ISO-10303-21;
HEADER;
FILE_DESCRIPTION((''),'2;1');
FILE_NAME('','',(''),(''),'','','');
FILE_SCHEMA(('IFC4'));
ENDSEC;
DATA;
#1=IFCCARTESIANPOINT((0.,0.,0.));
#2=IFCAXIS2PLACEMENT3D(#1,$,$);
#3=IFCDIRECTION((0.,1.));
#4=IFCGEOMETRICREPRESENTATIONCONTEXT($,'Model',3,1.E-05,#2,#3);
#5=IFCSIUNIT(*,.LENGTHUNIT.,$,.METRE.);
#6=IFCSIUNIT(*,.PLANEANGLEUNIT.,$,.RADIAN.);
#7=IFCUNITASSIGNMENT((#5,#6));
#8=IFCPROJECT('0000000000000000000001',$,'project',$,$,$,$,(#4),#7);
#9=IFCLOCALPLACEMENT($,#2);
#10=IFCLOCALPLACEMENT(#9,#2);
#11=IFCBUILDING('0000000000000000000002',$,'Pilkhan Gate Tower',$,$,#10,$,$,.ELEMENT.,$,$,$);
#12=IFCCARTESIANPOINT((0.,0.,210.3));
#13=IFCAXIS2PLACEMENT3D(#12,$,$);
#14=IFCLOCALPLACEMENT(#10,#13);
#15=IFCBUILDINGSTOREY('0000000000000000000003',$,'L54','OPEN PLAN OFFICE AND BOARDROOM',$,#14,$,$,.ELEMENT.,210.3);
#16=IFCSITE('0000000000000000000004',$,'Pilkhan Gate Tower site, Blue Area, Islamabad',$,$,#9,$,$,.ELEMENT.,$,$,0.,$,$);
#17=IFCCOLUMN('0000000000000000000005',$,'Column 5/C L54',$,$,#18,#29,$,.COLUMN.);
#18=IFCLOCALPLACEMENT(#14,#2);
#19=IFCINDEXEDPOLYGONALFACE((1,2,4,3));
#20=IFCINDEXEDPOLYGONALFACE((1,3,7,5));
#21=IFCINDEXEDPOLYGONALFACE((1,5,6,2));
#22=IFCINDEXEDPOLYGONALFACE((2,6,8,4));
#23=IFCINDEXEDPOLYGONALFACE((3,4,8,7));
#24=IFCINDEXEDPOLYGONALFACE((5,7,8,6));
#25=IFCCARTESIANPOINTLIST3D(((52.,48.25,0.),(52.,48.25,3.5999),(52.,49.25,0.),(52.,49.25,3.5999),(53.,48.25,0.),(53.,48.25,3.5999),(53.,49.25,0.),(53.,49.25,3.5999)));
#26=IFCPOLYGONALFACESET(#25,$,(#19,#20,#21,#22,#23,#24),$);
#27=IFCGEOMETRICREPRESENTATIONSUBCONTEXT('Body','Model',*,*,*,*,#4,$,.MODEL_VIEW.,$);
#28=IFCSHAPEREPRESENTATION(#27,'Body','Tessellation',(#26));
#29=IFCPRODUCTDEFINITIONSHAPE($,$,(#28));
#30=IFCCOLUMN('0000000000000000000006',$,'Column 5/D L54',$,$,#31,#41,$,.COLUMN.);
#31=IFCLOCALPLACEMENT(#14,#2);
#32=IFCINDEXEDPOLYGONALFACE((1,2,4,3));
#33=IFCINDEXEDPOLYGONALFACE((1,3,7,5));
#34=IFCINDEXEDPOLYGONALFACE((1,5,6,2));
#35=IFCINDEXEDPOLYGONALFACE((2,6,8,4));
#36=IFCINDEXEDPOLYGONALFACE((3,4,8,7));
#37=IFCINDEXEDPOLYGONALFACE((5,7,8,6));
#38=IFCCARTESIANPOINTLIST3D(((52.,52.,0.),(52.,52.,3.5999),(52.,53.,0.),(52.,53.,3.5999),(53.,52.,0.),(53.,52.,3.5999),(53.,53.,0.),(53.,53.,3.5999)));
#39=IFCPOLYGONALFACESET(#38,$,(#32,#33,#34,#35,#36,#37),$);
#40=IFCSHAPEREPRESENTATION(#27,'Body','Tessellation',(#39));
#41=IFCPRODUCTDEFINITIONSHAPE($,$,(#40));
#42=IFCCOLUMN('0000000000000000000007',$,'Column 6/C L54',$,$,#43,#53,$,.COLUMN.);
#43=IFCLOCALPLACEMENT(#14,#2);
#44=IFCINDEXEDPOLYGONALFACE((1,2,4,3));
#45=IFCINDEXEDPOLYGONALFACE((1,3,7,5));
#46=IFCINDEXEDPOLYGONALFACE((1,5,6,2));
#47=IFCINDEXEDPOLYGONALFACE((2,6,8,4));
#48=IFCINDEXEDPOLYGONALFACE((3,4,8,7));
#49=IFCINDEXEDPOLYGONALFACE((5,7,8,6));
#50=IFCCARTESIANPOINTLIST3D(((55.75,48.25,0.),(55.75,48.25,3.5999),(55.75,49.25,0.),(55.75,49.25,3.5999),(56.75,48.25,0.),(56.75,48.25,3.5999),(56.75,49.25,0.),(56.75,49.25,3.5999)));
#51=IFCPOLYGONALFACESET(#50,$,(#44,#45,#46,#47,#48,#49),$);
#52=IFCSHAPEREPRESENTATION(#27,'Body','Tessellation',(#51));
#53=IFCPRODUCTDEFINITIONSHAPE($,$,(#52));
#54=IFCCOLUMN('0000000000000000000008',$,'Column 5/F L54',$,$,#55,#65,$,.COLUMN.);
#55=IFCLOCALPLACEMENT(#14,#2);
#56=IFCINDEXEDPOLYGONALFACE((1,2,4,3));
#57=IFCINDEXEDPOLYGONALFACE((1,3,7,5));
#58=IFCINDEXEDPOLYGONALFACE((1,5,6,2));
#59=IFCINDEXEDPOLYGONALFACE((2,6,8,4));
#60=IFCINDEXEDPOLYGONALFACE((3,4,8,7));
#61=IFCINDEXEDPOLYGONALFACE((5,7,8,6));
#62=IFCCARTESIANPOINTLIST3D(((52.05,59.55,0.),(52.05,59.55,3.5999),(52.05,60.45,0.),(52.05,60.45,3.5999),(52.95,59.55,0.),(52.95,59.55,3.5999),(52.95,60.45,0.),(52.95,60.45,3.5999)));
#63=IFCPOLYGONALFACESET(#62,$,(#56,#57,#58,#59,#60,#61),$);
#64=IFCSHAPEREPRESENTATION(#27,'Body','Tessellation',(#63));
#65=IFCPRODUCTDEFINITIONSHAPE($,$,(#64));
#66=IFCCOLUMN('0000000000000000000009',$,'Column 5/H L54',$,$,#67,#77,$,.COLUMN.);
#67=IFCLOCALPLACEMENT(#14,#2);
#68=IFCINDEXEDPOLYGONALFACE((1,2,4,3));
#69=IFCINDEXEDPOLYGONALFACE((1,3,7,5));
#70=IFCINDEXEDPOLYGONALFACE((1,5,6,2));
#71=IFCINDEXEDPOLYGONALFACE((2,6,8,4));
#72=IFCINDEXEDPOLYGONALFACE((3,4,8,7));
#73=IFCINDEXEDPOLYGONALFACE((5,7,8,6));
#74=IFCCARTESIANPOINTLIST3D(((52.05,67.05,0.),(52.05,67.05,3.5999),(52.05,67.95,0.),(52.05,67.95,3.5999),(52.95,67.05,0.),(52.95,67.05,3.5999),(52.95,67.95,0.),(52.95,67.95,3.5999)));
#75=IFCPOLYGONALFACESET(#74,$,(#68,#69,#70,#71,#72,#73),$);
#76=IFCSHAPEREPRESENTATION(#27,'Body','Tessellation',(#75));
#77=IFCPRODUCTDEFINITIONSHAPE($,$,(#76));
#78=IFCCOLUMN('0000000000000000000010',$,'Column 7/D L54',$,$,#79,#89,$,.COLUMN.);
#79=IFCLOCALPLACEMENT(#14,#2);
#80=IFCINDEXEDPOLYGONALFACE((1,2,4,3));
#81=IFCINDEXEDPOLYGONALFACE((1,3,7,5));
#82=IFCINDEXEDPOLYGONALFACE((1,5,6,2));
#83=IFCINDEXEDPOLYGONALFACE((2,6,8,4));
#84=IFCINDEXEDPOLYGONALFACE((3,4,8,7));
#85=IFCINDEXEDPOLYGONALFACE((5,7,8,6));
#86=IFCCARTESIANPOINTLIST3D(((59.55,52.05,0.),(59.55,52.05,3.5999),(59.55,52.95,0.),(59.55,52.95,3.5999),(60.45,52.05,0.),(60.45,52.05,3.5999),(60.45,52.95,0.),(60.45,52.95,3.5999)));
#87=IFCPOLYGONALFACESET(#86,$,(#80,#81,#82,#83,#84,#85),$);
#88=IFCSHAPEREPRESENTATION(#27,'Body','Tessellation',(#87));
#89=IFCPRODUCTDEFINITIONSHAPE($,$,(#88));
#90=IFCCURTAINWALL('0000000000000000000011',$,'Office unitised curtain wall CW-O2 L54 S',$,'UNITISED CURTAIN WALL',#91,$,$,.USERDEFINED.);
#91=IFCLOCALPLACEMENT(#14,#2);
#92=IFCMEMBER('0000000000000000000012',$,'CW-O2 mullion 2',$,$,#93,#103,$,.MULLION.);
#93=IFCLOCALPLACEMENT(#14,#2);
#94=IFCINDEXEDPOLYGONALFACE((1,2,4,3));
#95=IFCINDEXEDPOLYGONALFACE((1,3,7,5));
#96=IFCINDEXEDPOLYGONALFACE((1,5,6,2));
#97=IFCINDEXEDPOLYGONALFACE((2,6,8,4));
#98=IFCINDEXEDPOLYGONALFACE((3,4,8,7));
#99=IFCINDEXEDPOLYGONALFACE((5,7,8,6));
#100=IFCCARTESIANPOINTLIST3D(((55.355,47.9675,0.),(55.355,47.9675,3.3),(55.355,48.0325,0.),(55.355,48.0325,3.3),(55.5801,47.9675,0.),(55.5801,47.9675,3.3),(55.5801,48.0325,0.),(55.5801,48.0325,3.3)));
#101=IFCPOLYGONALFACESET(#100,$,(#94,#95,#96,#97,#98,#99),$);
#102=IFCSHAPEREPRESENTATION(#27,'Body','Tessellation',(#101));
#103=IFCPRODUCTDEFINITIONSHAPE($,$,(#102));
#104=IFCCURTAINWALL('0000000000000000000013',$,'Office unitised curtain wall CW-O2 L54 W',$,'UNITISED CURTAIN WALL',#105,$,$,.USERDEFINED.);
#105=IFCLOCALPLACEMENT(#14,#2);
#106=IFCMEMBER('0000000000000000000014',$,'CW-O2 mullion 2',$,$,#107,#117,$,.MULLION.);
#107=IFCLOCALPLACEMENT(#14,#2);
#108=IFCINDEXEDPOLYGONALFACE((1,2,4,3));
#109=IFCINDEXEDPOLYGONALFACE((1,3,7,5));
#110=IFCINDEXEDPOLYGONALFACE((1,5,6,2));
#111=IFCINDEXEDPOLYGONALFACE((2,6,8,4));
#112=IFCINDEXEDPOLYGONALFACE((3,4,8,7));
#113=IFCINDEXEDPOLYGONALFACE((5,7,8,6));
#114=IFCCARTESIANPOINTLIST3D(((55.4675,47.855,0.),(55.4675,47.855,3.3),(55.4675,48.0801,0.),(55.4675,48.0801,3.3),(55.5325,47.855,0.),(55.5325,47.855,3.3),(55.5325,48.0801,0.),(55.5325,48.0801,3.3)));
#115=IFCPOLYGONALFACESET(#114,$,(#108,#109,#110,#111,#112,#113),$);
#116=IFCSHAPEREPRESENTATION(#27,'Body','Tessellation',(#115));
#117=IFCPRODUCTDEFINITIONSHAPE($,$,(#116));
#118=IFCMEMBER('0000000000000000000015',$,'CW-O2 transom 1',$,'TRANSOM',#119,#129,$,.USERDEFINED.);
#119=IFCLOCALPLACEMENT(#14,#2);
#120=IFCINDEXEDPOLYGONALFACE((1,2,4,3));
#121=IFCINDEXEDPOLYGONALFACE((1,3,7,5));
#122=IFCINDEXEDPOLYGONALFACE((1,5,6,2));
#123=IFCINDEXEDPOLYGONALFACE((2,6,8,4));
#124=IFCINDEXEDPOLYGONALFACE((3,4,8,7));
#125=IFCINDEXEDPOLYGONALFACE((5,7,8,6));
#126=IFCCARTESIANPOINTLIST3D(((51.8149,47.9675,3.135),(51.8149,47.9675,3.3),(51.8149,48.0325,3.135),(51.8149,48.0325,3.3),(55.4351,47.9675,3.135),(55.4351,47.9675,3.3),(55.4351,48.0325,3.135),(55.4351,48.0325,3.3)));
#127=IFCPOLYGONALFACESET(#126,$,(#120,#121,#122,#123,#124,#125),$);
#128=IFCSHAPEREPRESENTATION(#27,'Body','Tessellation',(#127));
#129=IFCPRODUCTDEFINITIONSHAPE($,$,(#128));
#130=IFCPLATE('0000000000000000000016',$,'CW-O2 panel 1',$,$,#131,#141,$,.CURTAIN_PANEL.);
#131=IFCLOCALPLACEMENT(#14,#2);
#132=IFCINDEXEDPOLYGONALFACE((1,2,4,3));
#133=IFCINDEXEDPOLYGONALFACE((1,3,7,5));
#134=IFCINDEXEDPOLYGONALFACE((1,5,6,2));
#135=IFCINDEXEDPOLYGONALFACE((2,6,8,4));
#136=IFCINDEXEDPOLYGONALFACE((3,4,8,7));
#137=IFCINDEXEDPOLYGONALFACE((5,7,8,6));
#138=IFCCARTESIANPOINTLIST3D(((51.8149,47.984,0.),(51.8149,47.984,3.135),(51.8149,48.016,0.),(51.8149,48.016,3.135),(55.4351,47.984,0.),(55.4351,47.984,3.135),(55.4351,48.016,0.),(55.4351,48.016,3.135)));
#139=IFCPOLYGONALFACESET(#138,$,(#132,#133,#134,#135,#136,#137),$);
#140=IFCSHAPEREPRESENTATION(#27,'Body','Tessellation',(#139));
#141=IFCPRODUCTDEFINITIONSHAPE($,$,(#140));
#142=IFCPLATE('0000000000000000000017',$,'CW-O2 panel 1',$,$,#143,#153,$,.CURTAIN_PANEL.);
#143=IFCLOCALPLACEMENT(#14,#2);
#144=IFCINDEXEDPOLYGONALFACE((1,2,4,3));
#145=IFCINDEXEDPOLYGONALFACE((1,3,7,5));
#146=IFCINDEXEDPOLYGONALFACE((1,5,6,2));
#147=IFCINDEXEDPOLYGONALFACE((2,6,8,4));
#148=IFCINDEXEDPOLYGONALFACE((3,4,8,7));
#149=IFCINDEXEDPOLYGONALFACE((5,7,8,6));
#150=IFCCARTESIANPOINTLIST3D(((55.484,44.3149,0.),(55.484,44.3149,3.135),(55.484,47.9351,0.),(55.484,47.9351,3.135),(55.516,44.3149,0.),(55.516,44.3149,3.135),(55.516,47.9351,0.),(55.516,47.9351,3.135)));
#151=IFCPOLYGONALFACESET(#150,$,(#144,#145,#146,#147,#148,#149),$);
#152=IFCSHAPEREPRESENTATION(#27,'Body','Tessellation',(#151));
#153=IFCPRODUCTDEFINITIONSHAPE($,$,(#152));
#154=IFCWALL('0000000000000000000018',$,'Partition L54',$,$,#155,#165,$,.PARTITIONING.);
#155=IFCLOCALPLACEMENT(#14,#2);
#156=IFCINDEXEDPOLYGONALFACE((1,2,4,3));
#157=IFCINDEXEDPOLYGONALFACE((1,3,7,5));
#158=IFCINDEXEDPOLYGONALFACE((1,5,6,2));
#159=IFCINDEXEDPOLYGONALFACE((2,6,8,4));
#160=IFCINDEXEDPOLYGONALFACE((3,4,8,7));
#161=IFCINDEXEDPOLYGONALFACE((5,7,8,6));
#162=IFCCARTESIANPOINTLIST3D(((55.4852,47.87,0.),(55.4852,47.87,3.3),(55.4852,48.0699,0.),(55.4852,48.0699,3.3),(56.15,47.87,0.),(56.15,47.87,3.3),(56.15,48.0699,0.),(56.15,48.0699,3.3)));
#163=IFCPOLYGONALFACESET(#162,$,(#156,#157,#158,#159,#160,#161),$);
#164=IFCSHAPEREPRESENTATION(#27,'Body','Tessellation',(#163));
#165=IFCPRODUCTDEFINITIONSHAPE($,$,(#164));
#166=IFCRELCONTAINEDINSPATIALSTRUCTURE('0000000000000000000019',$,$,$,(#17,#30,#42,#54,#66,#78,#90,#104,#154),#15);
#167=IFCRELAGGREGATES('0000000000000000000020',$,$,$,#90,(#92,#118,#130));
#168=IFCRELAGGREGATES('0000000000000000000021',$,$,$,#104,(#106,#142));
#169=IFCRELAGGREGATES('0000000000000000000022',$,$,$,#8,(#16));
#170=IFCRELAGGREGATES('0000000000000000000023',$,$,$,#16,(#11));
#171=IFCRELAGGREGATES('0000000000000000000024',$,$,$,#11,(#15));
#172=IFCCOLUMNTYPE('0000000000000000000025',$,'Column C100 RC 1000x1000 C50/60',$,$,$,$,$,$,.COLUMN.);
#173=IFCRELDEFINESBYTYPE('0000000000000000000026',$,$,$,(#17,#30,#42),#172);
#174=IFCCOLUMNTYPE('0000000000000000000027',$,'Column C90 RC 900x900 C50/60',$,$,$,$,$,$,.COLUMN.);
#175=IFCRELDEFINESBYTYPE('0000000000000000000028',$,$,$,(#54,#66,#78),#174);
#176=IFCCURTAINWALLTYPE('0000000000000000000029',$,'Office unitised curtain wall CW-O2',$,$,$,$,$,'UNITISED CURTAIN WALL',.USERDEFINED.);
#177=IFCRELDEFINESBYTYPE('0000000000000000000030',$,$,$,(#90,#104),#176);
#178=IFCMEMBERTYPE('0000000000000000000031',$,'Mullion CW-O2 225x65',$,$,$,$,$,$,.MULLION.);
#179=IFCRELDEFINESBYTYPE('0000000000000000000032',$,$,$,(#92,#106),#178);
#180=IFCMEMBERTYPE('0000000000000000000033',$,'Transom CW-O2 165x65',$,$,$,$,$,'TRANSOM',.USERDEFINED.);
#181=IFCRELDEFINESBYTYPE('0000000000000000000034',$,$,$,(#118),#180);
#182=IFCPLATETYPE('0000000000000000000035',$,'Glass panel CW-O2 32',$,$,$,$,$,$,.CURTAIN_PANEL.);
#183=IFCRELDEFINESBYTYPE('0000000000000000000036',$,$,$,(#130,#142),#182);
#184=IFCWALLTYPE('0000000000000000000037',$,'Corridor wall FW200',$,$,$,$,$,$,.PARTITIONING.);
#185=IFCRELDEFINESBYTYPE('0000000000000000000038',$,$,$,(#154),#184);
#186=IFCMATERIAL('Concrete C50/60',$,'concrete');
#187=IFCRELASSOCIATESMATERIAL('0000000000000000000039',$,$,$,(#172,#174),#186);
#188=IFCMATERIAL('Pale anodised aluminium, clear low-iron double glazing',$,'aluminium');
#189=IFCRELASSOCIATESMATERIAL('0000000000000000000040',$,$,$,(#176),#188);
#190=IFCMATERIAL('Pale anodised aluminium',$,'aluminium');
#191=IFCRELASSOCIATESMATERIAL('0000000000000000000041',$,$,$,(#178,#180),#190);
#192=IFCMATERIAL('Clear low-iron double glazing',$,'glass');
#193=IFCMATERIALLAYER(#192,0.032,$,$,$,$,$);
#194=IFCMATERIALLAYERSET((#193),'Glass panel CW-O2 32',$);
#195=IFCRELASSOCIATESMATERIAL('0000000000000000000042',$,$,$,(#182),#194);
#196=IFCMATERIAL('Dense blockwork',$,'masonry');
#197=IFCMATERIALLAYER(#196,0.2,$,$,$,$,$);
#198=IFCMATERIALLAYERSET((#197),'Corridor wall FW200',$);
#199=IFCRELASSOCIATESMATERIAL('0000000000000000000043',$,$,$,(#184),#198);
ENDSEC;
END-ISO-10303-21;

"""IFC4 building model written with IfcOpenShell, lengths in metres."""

from ifc_helpers import new_model, si_unit, direction, frame, frame_2d, origin, origin_2d, place, context, subcontext, project, spatial, rectangle, extrude, material, layer, layer_set, material_profile, profile_set, type_object, element, aggregate, save


model = new_model("IFC4")

# Units and contexts
model_context = context("Model", 3, precision=1e-05, world=origin(), true_north=direction((0.0, 1.0)))
body_context = subcontext(model_context, "Body", "Model", "MODEL_VIEW")
ifc_project = project(units=[si_unit("LENGTHUNIT", "METRE"), si_unit("PLANEANGLEUNIT", "RADIAN")], contexts=[model_context])

# Site, building, storey
site_placement = place(None, origin())
site = spatial("IfcSite", under=ifc_project, at=site_placement, Name="Pilkhan Gate Tower site, Blue Area, Islamabad", CompositionType="ELEMENT", RefElevation=0.0)
building_placement = place(site_placement, origin())
building = spatial("IfcBuilding", under=site, at=building_placement, Name="Pilkhan Gate Tower", CompositionType="ELEMENT")
storey_placement = place(building_placement, frame((0.0, 0.0, 210.3)))
storey = spatial("IfcBuildingStorey", under=building, at=storey_placement, Name="L54", Description="OPEN PLAN OFFICE AND BOARDROOM", CompositionType="ELEMENT", Elevation=210.3)

# Columns
ifc_material_1 = material(Name="Concrete C50/60", Category="concrete")
ifc_material_profile_1 = material_profile(ifc_material_1, rectangle(XDim=1.0, YDim=1.0, at=origin_2d()), Name="RC 1000x1000")
ifc_profile_set_1 = profile_set([ifc_material_profile_1], Name="Concrete C50/60")
column_type_1 = type_object("IfcColumnType", Name="Column C100 RC 1000x1000 C50/60", PredefinedType="COLUMN", material=ifc_profile_set_1)
for number, where, z_axis, x_axis, name in (
    (1, (52.5, 48.75, 0.0), (0.0, 0.0, 1.0), (1.0, 0.0, 0.0), "Column 5/C L54"),
    (2, (52.5, 52.5, 0.0), (0.0, 0.0, 1.0), (1.0, 0.0, 0.0), "Column 5/D L54"),
    (3, (56.25, 48.75, 0.0), (0.0, 0.0, 1.0), (1.0, 0.0, 0.0), "Column 6/C L54"),
):
    element("IfcColumn", number, at=place(storey_placement, frame(where, z_axis=z_axis, x_axis=x_axis)), inside=storey, type_object=column_type_1, Name=name, PredefinedType="COLUMN", context=body_context, shape_type="SweptSolid", body=[
        extrude(rectangle(XDim=1.0, YDim=1.0, at=origin_2d()), origin(), (0.0, 0.0, 1.0), 3.5999),
    ])
ifc_material_profile_2 = material_profile(ifc_material_1, rectangle(XDim=0.8999, YDim=0.8999, at=origin_2d()), Name="RC 900x900")
ifc_profile_set_2 = profile_set([ifc_material_profile_2], Name="Concrete C50/60")
column_type_2 = type_object("IfcColumnType", Name="Column C90 RC 900x900 C50/60", PredefinedType="COLUMN", material=ifc_profile_set_2)
for number, where, z_axis, x_axis, name in (
    (4, (52.5, 60.0, 0.0), (0.0, 0.0, 1.0), (1.0, 0.0, 0.0), "Column 5/F L54"),
    (5, (52.5, 67.5, 0.0), (0.0, 0.0, 1.0), (1.0, 0.0, 0.0), "Column 5/H L54"),
    (6, (60.0, 52.5, 0.0), (0.0, 0.0, 1.0), (1.0, 0.0, 0.0), "Column 7/D L54"),
):
    element("IfcColumn", number, at=place(storey_placement, frame(where, z_axis=z_axis, x_axis=x_axis)), inside=storey, type_object=column_type_2, Name=name, PredefinedType="COLUMN", context=body_context, shape_type="SweptSolid", body=[
        extrude(rectangle(XDim=0.8999, YDim=0.8999, at=origin_2d()), origin(), (0.0, 0.0, 1.0), 3.5999),
    ])

# Curtain walls, members
ifc_material_2 = material(Name="Pale anodised aluminium, clear low-iron double glazing", Category="aluminium")
curtain_wall_type = type_object("IfcCurtainWallType", Name="Office unitised curtain wall CW-O2", ElementType="UNITISED CURTAIN WALL", PredefinedType="USERDEFINED", material=ifc_material_2)
curtain_wall_1_placement = place(storey_placement, origin())
curtain_wall_1 = element("IfcCurtainWall", 7, at=curtain_wall_1_placement, inside=storey, type_object=curtain_wall_type, Name="Office unitised curtain wall CW-O2 L54 S", ObjectType="UNITISED CURTAIN WALL", PredefinedType="USERDEFINED")
ifc_material_3 = material(Name="Pale anodised aluminium", Category="aluminium")
ifc_material_profile_3 = material_profile(ifc_material_3, rectangle(XDim=0.0649, YDim=0.2251, at=origin_2d()), Name="Mullion 225x65")
ifc_profile_set_3 = profile_set([ifc_material_profile_3], Name="Pale anodised aluminium")
member_type_1 = type_object("IfcMemberType", Name="Mullion CW-O2 225x65", PredefinedType="MULLION", material=ifc_profile_set_3)
member_1_placement = place(storey_placement, frame((55.4675, 48.0, 0.0), z_axis=(0.0, 0.0, 1.0), x_axis=(0.0, 1.0, 0.0)))
member_1 = element("IfcMember", 8, at=member_1_placement, type_object=member_type_1, Name="CW-O2 mullion 2", PredefinedType="MULLION", context=body_context, shape_type="SweptSolid", body=[
    extrude(rectangle(XDim=0.0649, YDim=0.2251, at=origin_2d()), origin(), (0.0, 0.0, 1.0), 3.3),
])
curtain_wall_2_placement = place(storey_placement, origin())
curtain_wall_2 = element("IfcCurtainWall", 9, at=curtain_wall_2_placement, inside=storey, type_object=curtain_wall_type, Name="Office unitised curtain wall CW-O2 L54 W", ObjectType="UNITISED CURTAIN WALL", PredefinedType="USERDEFINED")
member_2_placement = place(storey_placement, frame((55.5, 47.9675, 0.0), z_axis=(0.0, 0.0, 1.0), x_axis=(-1.0, 0.0, 0.0)))
member_2 = element("IfcMember", 10, at=member_2_placement, type_object=member_type_1, Name="CW-O2 mullion 2", PredefinedType="MULLION", context=body_context, shape_type="SweptSolid", body=[
    extrude(rectangle(XDim=0.0649, YDim=0.2251, at=origin_2d()), origin(), (0.0, 0.0, 1.0), 3.3),
])

# Member
ifc_material_profile_4 = material_profile(ifc_material_3, rectangle(XDim=0.0649, YDim=0.165, at=origin_2d()), Name="Transom 165x65")
ifc_profile_set_4 = profile_set([ifc_material_profile_4], Name="Pale anodised aluminium")
member_type_2 = type_object("IfcMemberType", Name="Transom CW-O2 165x65", ElementType="TRANSOM", PredefinedType="USERDEFINED", material=ifc_profile_set_4)
member_3_placement = place(storey_placement, frame((51.8149, 48.0, 3.2175), z_axis=(1.0, 0.0, 0.0), x_axis=(0.0, 1.0, 0.0)))
member_3 = element("IfcMember", 11, at=member_3_placement, type_object=member_type_2, Name="CW-O2 transom 1", ObjectType="TRANSOM", PredefinedType="USERDEFINED", context=body_context, shape_type="SweptSolid", body=[
    extrude(rectangle(XDim=0.0649, YDim=0.165, at=origin_2d()), origin(), (0.0, 0.0, 1.0), 3.6201),
])

# Plates
ifc_material_4 = material(Name="Clear low-iron double glazing", Category="glass")
ifc_layer_1 = layer(ifc_material_4, 0.032)
ifc_layer_set_1 = layer_set([ifc_layer_1], Name="Glass panel CW-O2 32")
plate_type = type_object("IfcPlateType", Name="Glass panel CW-O2 32", PredefinedType="CURTAIN_PANEL", material=ifc_layer_set_1)
plate_1_placement = place(storey_placement, frame((53.625, 48.0, 0.0), z_axis=(0.0, 0.0, 1.0), x_axis=(1.0, 0.0, 0.0)))
plate_1 = element("IfcPlate", 12, at=plate_1_placement, type_object=plate_type, Name="CW-O2 panel 1", PredefinedType="CURTAIN_PANEL", context=body_context, shape_type="SweptSolid", body=[
    extrude(rectangle(XDim=3.6201, YDim=0.032, at=origin_2d()), origin(), (0.0, 0.0, 1.0), 3.135),
])
aggregate(curtain_wall_1, [member_1, member_3, plate_1])
plate_2_placement = place(storey_placement, frame((55.5, 46.125, 0.0), z_axis=(0.0, 0.0, 1.0), x_axis=(0.0, 1.0, 0.0)))
plate_2 = element("IfcPlate", 13, at=plate_2_placement, type_object=plate_type, Name="CW-O2 panel 1", PredefinedType="CURTAIN_PANEL", context=body_context, shape_type="SweptSolid", body=[
    extrude(rectangle(XDim=3.6201, YDim=0.032, at=origin_2d()), origin(), (0.0, 0.0, 1.0), 3.135),
])
aggregate(curtain_wall_2, [member_2, plate_2])

# Wall
ifc_material_5 = material(Name="Dense blockwork", Category="masonry")
ifc_layer_2 = layer(ifc_material_5, 0.2)
ifc_layer_set_2 = layer_set([ifc_layer_2], Name="Corridor wall FW200")
wall_type_1 = type_object("IfcWallType", Name="Corridor wall FW200", PredefinedType="PARTITIONING", material=ifc_layer_set_2)
wall_1_placement = place(storey_placement, frame((55.4851, 47.97, 0.0), z_axis=(0.0, 0.0, 1.0), x_axis=(1.0, 0.0, 0.0)))
element("IfcWall", 14, at=wall_1_placement, inside=storey, type_object=wall_type_1, Name="Partition L54", PredefinedType="PARTITIONING", context=body_context, shape_type="SweptSolid", body=[
    extrude(rectangle(XDim=0.6648, YDim=0.2, at=frame_2d((0.3325, 0.0))), origin(), (0.0, 0.0, 1.0), 3.3),
])

save(model, "model.ifc")
